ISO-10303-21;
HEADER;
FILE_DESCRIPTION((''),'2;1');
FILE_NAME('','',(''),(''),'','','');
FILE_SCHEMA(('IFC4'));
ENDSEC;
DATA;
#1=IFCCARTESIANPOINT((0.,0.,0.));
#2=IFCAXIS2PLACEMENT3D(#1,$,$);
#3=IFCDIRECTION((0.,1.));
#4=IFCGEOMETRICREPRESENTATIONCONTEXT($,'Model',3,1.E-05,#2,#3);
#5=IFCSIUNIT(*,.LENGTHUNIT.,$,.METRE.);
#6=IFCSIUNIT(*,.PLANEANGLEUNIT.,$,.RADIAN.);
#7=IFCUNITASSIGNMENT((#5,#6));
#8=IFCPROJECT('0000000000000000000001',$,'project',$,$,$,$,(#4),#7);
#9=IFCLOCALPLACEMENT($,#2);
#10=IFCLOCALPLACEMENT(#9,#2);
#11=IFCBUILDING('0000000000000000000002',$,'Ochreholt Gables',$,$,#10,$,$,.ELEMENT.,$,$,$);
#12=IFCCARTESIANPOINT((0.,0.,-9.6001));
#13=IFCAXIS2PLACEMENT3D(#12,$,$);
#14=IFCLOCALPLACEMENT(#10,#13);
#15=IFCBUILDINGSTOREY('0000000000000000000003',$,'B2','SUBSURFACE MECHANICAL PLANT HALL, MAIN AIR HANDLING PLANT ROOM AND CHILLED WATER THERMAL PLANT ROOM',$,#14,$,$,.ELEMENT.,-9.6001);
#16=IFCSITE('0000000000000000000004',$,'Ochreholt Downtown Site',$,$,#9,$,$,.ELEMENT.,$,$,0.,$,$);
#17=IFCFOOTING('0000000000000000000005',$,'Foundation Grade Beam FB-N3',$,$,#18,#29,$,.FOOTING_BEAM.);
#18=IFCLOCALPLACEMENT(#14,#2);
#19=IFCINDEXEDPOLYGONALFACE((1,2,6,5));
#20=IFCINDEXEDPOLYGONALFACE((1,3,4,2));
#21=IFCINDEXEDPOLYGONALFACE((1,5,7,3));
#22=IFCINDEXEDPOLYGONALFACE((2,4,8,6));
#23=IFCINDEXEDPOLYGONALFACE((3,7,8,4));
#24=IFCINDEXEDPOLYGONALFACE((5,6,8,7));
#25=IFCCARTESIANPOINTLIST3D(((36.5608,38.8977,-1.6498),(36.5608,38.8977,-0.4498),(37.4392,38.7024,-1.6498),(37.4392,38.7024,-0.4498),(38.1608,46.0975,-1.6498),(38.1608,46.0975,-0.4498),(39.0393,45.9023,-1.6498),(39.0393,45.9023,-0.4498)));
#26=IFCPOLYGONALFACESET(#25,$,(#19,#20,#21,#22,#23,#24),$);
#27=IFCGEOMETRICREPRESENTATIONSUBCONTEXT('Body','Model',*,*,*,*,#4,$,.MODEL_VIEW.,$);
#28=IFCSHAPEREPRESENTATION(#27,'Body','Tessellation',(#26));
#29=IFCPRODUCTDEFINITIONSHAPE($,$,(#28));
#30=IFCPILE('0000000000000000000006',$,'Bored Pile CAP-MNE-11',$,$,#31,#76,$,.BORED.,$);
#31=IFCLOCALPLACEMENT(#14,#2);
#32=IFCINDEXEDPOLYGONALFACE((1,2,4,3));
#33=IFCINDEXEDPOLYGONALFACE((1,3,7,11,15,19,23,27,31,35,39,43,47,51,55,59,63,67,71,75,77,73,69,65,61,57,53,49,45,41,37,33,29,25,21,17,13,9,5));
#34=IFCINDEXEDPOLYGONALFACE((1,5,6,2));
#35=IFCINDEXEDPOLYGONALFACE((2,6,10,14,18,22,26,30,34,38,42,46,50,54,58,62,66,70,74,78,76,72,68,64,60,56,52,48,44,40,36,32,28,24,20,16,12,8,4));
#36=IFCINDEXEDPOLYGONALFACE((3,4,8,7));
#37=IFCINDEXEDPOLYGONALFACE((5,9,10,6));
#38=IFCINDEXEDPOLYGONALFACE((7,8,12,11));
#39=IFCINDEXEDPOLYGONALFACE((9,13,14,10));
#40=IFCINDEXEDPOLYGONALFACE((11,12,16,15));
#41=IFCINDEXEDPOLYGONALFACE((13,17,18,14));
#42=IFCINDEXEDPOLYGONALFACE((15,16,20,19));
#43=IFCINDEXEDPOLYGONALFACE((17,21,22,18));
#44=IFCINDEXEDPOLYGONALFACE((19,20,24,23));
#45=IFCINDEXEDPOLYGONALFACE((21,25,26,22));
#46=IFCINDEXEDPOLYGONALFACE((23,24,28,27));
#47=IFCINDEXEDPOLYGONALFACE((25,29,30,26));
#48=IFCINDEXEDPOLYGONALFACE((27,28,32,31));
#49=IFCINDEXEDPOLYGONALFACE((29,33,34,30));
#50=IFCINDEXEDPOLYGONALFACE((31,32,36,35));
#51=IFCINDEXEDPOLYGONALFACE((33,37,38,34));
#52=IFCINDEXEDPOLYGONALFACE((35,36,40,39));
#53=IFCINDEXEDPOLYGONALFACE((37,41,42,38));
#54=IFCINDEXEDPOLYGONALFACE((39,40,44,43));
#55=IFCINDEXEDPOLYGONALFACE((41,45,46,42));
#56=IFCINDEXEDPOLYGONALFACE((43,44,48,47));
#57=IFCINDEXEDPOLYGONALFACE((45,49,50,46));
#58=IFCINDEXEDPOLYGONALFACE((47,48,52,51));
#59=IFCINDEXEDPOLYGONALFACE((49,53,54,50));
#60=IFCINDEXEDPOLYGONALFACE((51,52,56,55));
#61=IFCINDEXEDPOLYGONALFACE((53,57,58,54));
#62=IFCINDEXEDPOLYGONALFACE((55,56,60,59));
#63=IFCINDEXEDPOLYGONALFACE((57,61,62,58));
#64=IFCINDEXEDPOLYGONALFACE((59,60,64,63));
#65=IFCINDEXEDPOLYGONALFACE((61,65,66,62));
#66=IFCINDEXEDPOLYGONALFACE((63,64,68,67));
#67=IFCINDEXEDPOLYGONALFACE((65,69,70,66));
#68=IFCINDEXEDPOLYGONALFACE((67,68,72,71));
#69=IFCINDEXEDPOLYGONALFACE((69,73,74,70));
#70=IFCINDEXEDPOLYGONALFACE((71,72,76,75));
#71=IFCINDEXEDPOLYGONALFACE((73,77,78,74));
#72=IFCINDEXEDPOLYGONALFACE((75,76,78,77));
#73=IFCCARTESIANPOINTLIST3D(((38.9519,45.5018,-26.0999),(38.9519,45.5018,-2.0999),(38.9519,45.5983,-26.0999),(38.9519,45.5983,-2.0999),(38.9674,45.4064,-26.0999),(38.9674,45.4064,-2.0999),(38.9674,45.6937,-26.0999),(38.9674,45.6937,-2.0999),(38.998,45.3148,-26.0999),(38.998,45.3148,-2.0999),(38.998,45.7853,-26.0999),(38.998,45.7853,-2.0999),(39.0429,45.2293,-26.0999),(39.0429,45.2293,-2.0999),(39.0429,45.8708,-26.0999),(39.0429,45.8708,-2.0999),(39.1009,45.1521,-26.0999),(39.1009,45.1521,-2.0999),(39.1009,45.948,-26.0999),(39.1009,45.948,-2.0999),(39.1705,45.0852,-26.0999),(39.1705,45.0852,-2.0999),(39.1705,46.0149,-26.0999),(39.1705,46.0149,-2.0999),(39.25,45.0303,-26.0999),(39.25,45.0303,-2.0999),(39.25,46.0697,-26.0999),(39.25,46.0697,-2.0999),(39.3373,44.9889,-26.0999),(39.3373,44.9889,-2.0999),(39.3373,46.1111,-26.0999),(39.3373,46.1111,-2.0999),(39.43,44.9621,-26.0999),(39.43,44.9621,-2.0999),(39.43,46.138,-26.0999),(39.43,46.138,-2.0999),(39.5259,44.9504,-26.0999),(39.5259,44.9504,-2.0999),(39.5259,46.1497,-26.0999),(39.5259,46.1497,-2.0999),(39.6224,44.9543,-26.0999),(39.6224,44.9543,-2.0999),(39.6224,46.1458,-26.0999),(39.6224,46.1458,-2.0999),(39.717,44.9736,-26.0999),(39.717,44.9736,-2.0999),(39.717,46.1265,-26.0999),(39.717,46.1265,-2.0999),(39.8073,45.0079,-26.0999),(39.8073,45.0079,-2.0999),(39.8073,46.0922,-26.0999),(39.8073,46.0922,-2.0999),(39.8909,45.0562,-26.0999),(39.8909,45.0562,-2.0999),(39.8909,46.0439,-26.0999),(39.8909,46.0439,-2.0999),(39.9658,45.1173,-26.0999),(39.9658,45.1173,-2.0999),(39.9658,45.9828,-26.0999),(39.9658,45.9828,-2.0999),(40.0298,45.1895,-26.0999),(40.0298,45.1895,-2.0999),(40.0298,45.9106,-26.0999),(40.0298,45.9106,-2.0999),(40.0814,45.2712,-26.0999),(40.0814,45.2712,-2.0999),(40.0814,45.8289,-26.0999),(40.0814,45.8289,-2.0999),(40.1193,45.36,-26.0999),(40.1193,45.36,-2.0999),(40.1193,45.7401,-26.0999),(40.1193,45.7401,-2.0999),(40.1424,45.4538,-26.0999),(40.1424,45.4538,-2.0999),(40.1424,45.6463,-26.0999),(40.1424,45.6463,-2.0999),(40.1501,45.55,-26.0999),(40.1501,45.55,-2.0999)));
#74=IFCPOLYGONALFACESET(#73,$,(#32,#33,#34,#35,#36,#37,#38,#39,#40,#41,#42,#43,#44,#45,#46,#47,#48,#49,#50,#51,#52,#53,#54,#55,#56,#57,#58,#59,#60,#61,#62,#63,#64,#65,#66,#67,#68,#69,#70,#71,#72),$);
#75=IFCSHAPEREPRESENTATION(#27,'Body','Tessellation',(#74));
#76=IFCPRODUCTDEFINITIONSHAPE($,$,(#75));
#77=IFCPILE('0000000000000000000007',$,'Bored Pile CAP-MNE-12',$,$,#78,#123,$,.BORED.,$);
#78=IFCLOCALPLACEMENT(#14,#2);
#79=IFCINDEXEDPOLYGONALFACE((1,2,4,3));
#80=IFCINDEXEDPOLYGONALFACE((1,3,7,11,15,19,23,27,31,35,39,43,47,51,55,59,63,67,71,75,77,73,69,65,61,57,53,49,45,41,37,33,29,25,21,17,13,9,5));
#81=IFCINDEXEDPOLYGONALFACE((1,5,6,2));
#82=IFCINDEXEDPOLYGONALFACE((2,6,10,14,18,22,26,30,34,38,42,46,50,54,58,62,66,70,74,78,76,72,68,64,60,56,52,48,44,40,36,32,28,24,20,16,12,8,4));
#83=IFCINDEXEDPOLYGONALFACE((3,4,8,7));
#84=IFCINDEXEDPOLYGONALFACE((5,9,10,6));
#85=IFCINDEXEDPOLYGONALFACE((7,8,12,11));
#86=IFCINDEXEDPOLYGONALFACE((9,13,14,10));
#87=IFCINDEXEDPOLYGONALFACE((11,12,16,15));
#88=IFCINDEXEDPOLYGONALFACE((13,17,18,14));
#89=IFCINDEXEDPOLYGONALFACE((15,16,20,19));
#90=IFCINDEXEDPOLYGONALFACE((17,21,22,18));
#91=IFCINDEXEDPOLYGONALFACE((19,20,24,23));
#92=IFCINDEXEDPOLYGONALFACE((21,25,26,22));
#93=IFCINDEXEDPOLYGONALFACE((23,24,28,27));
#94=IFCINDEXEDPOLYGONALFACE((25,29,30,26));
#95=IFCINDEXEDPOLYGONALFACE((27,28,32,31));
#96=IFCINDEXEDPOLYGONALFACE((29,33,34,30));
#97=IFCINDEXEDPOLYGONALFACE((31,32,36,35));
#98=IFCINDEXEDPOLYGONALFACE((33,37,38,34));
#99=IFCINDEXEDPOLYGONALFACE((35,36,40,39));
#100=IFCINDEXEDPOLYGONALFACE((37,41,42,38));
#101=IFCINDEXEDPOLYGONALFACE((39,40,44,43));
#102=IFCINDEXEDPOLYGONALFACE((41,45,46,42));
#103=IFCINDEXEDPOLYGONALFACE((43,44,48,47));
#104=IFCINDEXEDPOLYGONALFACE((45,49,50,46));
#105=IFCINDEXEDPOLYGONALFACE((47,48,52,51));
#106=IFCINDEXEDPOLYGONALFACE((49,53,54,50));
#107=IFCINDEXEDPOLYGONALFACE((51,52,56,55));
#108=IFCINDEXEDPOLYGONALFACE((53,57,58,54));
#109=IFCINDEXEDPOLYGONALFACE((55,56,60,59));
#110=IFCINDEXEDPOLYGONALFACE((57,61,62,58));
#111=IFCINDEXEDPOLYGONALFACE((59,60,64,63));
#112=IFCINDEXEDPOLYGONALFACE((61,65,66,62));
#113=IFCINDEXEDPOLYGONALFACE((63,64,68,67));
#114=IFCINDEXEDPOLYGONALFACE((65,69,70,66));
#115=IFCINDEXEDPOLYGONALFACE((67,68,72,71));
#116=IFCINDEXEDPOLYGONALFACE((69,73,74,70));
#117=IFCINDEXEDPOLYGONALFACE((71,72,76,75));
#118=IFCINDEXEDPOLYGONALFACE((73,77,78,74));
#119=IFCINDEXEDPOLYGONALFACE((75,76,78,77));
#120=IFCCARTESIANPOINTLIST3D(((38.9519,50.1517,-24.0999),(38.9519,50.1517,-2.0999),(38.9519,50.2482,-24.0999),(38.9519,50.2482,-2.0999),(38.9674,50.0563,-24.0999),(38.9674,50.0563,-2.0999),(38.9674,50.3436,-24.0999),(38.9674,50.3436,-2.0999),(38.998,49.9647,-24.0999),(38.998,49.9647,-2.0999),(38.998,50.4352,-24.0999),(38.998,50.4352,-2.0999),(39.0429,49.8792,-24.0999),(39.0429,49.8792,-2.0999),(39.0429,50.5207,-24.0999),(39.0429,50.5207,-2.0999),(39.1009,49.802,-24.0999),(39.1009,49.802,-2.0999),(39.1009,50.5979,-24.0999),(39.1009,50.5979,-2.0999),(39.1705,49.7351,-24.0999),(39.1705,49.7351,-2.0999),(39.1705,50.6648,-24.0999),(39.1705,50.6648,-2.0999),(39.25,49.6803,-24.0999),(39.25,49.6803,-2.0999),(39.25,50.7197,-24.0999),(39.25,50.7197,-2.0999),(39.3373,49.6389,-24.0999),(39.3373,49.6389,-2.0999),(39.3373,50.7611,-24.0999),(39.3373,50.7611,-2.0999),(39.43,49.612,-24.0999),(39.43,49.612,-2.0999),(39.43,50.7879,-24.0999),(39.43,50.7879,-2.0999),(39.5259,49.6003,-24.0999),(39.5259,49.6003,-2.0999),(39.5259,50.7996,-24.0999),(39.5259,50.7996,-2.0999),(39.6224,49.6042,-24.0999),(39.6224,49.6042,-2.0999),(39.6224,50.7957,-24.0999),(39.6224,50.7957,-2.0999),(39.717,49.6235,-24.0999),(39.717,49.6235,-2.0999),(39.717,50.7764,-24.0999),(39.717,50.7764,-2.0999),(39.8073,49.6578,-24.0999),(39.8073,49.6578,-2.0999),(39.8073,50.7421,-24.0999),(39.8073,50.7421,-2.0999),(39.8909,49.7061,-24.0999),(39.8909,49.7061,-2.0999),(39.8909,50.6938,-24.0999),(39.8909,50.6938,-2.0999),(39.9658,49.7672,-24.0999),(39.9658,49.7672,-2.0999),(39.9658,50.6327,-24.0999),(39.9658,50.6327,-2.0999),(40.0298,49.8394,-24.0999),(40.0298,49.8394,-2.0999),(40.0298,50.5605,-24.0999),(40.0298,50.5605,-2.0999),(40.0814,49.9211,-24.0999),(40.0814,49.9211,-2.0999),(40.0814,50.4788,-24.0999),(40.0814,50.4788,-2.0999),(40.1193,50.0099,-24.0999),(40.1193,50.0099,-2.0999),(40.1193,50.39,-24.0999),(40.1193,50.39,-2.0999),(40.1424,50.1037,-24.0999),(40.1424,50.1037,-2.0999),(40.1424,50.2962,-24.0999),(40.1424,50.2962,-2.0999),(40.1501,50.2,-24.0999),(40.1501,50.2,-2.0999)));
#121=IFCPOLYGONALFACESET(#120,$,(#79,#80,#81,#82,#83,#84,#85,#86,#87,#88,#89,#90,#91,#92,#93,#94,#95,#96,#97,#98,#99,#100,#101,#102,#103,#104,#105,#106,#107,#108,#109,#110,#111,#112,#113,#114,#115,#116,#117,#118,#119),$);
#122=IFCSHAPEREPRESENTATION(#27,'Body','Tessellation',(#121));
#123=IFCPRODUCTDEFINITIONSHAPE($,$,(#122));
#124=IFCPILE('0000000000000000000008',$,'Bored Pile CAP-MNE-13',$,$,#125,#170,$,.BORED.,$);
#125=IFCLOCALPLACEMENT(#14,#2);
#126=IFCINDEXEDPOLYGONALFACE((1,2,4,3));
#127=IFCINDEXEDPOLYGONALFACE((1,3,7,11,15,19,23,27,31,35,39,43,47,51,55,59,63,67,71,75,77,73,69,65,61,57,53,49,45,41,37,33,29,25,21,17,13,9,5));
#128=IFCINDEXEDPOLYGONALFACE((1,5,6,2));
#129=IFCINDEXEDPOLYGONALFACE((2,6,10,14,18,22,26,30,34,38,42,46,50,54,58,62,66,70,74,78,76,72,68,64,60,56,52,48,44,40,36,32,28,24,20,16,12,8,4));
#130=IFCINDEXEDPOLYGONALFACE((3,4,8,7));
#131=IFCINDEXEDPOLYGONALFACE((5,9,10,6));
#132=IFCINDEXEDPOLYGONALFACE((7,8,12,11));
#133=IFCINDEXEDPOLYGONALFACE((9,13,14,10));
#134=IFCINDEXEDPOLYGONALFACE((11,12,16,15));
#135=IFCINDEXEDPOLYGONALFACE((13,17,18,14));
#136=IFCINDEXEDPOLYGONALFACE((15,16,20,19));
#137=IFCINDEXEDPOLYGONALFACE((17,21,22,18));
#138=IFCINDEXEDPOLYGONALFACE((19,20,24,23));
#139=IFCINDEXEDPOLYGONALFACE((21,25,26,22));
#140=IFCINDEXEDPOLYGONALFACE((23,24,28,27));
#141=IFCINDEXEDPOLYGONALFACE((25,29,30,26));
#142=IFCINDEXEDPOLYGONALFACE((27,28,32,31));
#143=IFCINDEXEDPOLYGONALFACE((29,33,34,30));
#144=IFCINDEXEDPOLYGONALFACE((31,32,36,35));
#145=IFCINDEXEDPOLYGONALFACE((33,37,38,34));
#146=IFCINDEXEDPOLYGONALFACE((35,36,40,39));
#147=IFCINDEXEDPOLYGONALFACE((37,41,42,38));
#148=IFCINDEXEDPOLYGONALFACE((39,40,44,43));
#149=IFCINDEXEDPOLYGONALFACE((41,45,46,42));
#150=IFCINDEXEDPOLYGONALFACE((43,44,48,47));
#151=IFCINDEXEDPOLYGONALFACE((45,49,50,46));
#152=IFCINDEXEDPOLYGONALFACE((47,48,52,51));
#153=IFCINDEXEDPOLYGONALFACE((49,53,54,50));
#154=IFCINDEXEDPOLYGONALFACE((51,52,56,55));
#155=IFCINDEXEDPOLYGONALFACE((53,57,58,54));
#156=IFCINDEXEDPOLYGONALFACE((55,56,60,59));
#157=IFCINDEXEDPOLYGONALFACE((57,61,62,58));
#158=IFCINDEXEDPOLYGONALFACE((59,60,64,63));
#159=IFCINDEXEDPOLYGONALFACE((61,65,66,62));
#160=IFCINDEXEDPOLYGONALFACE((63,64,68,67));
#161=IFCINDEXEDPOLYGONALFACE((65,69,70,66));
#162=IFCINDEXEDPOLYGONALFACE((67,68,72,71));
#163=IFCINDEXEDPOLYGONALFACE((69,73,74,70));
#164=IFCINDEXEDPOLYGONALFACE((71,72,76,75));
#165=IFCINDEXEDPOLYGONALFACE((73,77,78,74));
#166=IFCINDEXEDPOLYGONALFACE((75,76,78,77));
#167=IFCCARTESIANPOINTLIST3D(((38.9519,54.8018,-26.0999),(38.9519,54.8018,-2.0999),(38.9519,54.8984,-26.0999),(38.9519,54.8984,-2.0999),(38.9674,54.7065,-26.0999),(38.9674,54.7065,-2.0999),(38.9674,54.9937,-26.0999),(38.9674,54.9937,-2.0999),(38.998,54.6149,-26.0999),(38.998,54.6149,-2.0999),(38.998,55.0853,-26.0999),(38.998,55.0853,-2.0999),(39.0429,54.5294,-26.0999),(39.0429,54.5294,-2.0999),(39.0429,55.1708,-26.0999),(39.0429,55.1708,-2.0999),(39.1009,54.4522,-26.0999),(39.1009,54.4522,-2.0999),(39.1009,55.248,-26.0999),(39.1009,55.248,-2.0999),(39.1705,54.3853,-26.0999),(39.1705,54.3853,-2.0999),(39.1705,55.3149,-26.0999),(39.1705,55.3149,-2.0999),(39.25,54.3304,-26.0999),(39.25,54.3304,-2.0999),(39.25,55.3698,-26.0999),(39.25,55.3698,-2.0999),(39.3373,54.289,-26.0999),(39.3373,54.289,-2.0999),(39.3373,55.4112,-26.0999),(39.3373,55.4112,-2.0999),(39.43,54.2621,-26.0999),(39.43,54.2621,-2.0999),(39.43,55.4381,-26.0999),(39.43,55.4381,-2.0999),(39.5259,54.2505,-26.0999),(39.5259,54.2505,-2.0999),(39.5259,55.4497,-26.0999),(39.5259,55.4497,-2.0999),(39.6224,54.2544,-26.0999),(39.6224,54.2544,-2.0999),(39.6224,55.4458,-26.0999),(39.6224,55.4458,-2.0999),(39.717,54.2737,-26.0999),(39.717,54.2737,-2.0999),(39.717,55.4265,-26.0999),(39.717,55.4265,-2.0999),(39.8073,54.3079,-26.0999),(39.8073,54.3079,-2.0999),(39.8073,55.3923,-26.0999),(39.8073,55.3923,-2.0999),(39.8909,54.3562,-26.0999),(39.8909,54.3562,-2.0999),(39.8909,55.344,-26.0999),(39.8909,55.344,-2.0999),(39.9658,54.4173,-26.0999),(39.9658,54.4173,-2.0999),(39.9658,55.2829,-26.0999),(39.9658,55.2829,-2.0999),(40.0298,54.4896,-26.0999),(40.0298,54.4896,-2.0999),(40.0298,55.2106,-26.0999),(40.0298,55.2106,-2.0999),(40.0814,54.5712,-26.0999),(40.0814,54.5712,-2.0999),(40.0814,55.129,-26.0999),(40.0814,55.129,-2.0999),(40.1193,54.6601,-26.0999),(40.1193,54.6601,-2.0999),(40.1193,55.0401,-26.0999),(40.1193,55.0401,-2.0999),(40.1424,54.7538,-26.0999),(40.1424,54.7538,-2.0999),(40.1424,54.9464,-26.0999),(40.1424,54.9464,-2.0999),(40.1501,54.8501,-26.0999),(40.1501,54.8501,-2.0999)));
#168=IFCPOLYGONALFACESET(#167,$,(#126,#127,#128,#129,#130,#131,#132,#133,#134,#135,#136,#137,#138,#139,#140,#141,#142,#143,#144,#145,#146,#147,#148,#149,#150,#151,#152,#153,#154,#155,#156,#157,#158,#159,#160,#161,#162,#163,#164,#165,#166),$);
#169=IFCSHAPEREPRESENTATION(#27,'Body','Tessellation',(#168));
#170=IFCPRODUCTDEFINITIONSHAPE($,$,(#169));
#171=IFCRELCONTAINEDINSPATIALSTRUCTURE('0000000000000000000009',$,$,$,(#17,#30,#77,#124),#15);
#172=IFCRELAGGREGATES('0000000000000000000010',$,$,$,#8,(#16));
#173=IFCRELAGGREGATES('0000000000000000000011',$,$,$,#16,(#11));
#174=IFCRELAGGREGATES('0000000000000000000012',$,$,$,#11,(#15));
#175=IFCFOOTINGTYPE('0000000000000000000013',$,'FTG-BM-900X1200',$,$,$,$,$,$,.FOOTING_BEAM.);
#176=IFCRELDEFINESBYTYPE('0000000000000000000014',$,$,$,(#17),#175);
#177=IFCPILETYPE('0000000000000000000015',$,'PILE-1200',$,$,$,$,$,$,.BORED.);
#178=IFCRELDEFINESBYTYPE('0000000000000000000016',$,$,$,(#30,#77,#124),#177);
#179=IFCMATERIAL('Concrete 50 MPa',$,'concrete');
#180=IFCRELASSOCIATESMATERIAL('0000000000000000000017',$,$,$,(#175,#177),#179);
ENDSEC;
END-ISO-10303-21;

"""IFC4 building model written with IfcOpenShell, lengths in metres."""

from ifc_helpers import new_model, si_unit, direction, frame, origin, origin_2d, place, context, subcontext, project, spatial, rectangle, circle, extrude, material, material_profile, profile_set, type_object, element, save


model = new_model("IFC4")

# Units and contexts
model_context = context("Model", 3, precision=1e-05, world=origin(), true_north=direction((0.0, 1.0)))
body_context = subcontext(model_context, "Body", "Model", "MODEL_VIEW")
ifc_project = project(units=[si_unit("LENGTHUNIT", "METRE"), si_unit("PLANEANGLEUNIT", "RADIAN")], contexts=[model_context])

# Site, building, storey
site_placement = place(None, origin())
site = spatial("IfcSite", under=ifc_project, at=site_placement, Name="Ochreholt Downtown Site", CompositionType="ELEMENT", RefElevation=0.0)
building_placement = place(site_placement, origin())
building = spatial("IfcBuilding", under=site, at=building_placement, Name="Ochreholt Gables", CompositionType="ELEMENT")
storey_placement = place(building_placement, frame((0.0, 0.0, -9.6001)))
storey = spatial("IfcBuildingStorey", under=building, at=storey_placement, Name="B2", Description="SUBSURFACE MECHANICAL PLANT HALL, MAIN AIR HANDLING PLANT ROOM AND CHILLED WATER THERMAL PLANT ROOM", CompositionType="ELEMENT", Elevation=-9.6001)

# Footing
ifc_material_1 = material(Name="Concrete 50 MPa", Category="concrete")
ifc_material_profile_1 = material_profile(ifc_material_1, rectangle(XDim=0.8999, YDim=1.2, at=origin_2d()), Name="FB900X1200")
ifc_profile_set_1 = profile_set([ifc_material_profile_1], Name="Concrete 50 MPa")
footing_type = type_object("IfcFootingType", Name="FTG-BM-900X1200", PredefinedType="FOOTING_BEAM", material=ifc_profile_set_1)
footing_placement = place(storey_placement, frame((37.0, 38.8, -1.0498), z_axis=(0.216944, 0.976184, 0.0), x_axis=(-0.976184, 0.216944, 0.0)))
element("IfcFooting", 1, at=footing_placement, inside=storey, type_object=footing_type, Name="Foundation Grade Beam FB-N3", PredefinedType="FOOTING_BEAM", context=body_context, shape_type="SweptSolid", body=[
    extrude(rectangle(XDim=0.8999, YDim=1.2, at=origin_2d()), origin(), (0.0, 0.0, 1.0), 7.3755),
])

# Piles
ifc_material_profile_2 = material_profile(ifc_material_1, circle(Radius=0.6001, at=origin_2d()), Name="PILE1200")
ifc_profile_set_2 = profile_set([ifc_material_profile_2], Name="Concrete 50 MPa")
pile_type_1 = type_object("IfcPileType", Name="PILE-1200", PredefinedType="BORED", material=ifc_profile_set_2)
pile_1_placement = place(storey_placement, frame((39.55, 45.55, -2.0999), z_axis=(0.0, 0.0, -1.0), x_axis=(1.0, 0.0, 0.0)))
element("IfcPile", 2, at=pile_1_placement, inside=storey, type_object=pile_type_1, Name="Bored Pile CAP-MNE-11", PredefinedType="BORED", context=body_context, shape_type="SweptSolid", body=[
    extrude(circle(Radius=0.6001, at=origin_2d()), origin(), (0.0, 0.0, 1.0), 24.0),
])
pile_2_placement = place(storey_placement, frame((39.55, 50.2, -2.0999), z_axis=(0.0, 0.0, -1.0), x_axis=(1.0, 0.0, 0.0)))
element("IfcPile", 3, at=pile_2_placement, inside=storey, type_object=pile_type_1, Name="Bored Pile CAP-MNE-12", PredefinedType="BORED", context=body_context, shape_type="SweptSolid", body=[
    extrude(circle(Radius=0.6001, at=origin_2d()), origin(), (0.0, 0.0, 1.0), 22.0),
])
pile_3_placement = place(storey_placement, frame((39.55, 54.8501, -2.0999), z_axis=(0.0, 0.0, -1.0), x_axis=(1.0, 0.0, 0.0)))
element("IfcPile", 4, at=pile_3_placement, inside=storey, type_object=pile_type_1, Name="Bored Pile CAP-MNE-13", PredefinedType="BORED", context=body_context, shape_type="SweptSolid", body=[
    extrude(circle(Radius=0.6001, at=origin_2d()), origin(), (0.0, 0.0, 1.0), 24.0),
])

save(model, "model.ifc")
